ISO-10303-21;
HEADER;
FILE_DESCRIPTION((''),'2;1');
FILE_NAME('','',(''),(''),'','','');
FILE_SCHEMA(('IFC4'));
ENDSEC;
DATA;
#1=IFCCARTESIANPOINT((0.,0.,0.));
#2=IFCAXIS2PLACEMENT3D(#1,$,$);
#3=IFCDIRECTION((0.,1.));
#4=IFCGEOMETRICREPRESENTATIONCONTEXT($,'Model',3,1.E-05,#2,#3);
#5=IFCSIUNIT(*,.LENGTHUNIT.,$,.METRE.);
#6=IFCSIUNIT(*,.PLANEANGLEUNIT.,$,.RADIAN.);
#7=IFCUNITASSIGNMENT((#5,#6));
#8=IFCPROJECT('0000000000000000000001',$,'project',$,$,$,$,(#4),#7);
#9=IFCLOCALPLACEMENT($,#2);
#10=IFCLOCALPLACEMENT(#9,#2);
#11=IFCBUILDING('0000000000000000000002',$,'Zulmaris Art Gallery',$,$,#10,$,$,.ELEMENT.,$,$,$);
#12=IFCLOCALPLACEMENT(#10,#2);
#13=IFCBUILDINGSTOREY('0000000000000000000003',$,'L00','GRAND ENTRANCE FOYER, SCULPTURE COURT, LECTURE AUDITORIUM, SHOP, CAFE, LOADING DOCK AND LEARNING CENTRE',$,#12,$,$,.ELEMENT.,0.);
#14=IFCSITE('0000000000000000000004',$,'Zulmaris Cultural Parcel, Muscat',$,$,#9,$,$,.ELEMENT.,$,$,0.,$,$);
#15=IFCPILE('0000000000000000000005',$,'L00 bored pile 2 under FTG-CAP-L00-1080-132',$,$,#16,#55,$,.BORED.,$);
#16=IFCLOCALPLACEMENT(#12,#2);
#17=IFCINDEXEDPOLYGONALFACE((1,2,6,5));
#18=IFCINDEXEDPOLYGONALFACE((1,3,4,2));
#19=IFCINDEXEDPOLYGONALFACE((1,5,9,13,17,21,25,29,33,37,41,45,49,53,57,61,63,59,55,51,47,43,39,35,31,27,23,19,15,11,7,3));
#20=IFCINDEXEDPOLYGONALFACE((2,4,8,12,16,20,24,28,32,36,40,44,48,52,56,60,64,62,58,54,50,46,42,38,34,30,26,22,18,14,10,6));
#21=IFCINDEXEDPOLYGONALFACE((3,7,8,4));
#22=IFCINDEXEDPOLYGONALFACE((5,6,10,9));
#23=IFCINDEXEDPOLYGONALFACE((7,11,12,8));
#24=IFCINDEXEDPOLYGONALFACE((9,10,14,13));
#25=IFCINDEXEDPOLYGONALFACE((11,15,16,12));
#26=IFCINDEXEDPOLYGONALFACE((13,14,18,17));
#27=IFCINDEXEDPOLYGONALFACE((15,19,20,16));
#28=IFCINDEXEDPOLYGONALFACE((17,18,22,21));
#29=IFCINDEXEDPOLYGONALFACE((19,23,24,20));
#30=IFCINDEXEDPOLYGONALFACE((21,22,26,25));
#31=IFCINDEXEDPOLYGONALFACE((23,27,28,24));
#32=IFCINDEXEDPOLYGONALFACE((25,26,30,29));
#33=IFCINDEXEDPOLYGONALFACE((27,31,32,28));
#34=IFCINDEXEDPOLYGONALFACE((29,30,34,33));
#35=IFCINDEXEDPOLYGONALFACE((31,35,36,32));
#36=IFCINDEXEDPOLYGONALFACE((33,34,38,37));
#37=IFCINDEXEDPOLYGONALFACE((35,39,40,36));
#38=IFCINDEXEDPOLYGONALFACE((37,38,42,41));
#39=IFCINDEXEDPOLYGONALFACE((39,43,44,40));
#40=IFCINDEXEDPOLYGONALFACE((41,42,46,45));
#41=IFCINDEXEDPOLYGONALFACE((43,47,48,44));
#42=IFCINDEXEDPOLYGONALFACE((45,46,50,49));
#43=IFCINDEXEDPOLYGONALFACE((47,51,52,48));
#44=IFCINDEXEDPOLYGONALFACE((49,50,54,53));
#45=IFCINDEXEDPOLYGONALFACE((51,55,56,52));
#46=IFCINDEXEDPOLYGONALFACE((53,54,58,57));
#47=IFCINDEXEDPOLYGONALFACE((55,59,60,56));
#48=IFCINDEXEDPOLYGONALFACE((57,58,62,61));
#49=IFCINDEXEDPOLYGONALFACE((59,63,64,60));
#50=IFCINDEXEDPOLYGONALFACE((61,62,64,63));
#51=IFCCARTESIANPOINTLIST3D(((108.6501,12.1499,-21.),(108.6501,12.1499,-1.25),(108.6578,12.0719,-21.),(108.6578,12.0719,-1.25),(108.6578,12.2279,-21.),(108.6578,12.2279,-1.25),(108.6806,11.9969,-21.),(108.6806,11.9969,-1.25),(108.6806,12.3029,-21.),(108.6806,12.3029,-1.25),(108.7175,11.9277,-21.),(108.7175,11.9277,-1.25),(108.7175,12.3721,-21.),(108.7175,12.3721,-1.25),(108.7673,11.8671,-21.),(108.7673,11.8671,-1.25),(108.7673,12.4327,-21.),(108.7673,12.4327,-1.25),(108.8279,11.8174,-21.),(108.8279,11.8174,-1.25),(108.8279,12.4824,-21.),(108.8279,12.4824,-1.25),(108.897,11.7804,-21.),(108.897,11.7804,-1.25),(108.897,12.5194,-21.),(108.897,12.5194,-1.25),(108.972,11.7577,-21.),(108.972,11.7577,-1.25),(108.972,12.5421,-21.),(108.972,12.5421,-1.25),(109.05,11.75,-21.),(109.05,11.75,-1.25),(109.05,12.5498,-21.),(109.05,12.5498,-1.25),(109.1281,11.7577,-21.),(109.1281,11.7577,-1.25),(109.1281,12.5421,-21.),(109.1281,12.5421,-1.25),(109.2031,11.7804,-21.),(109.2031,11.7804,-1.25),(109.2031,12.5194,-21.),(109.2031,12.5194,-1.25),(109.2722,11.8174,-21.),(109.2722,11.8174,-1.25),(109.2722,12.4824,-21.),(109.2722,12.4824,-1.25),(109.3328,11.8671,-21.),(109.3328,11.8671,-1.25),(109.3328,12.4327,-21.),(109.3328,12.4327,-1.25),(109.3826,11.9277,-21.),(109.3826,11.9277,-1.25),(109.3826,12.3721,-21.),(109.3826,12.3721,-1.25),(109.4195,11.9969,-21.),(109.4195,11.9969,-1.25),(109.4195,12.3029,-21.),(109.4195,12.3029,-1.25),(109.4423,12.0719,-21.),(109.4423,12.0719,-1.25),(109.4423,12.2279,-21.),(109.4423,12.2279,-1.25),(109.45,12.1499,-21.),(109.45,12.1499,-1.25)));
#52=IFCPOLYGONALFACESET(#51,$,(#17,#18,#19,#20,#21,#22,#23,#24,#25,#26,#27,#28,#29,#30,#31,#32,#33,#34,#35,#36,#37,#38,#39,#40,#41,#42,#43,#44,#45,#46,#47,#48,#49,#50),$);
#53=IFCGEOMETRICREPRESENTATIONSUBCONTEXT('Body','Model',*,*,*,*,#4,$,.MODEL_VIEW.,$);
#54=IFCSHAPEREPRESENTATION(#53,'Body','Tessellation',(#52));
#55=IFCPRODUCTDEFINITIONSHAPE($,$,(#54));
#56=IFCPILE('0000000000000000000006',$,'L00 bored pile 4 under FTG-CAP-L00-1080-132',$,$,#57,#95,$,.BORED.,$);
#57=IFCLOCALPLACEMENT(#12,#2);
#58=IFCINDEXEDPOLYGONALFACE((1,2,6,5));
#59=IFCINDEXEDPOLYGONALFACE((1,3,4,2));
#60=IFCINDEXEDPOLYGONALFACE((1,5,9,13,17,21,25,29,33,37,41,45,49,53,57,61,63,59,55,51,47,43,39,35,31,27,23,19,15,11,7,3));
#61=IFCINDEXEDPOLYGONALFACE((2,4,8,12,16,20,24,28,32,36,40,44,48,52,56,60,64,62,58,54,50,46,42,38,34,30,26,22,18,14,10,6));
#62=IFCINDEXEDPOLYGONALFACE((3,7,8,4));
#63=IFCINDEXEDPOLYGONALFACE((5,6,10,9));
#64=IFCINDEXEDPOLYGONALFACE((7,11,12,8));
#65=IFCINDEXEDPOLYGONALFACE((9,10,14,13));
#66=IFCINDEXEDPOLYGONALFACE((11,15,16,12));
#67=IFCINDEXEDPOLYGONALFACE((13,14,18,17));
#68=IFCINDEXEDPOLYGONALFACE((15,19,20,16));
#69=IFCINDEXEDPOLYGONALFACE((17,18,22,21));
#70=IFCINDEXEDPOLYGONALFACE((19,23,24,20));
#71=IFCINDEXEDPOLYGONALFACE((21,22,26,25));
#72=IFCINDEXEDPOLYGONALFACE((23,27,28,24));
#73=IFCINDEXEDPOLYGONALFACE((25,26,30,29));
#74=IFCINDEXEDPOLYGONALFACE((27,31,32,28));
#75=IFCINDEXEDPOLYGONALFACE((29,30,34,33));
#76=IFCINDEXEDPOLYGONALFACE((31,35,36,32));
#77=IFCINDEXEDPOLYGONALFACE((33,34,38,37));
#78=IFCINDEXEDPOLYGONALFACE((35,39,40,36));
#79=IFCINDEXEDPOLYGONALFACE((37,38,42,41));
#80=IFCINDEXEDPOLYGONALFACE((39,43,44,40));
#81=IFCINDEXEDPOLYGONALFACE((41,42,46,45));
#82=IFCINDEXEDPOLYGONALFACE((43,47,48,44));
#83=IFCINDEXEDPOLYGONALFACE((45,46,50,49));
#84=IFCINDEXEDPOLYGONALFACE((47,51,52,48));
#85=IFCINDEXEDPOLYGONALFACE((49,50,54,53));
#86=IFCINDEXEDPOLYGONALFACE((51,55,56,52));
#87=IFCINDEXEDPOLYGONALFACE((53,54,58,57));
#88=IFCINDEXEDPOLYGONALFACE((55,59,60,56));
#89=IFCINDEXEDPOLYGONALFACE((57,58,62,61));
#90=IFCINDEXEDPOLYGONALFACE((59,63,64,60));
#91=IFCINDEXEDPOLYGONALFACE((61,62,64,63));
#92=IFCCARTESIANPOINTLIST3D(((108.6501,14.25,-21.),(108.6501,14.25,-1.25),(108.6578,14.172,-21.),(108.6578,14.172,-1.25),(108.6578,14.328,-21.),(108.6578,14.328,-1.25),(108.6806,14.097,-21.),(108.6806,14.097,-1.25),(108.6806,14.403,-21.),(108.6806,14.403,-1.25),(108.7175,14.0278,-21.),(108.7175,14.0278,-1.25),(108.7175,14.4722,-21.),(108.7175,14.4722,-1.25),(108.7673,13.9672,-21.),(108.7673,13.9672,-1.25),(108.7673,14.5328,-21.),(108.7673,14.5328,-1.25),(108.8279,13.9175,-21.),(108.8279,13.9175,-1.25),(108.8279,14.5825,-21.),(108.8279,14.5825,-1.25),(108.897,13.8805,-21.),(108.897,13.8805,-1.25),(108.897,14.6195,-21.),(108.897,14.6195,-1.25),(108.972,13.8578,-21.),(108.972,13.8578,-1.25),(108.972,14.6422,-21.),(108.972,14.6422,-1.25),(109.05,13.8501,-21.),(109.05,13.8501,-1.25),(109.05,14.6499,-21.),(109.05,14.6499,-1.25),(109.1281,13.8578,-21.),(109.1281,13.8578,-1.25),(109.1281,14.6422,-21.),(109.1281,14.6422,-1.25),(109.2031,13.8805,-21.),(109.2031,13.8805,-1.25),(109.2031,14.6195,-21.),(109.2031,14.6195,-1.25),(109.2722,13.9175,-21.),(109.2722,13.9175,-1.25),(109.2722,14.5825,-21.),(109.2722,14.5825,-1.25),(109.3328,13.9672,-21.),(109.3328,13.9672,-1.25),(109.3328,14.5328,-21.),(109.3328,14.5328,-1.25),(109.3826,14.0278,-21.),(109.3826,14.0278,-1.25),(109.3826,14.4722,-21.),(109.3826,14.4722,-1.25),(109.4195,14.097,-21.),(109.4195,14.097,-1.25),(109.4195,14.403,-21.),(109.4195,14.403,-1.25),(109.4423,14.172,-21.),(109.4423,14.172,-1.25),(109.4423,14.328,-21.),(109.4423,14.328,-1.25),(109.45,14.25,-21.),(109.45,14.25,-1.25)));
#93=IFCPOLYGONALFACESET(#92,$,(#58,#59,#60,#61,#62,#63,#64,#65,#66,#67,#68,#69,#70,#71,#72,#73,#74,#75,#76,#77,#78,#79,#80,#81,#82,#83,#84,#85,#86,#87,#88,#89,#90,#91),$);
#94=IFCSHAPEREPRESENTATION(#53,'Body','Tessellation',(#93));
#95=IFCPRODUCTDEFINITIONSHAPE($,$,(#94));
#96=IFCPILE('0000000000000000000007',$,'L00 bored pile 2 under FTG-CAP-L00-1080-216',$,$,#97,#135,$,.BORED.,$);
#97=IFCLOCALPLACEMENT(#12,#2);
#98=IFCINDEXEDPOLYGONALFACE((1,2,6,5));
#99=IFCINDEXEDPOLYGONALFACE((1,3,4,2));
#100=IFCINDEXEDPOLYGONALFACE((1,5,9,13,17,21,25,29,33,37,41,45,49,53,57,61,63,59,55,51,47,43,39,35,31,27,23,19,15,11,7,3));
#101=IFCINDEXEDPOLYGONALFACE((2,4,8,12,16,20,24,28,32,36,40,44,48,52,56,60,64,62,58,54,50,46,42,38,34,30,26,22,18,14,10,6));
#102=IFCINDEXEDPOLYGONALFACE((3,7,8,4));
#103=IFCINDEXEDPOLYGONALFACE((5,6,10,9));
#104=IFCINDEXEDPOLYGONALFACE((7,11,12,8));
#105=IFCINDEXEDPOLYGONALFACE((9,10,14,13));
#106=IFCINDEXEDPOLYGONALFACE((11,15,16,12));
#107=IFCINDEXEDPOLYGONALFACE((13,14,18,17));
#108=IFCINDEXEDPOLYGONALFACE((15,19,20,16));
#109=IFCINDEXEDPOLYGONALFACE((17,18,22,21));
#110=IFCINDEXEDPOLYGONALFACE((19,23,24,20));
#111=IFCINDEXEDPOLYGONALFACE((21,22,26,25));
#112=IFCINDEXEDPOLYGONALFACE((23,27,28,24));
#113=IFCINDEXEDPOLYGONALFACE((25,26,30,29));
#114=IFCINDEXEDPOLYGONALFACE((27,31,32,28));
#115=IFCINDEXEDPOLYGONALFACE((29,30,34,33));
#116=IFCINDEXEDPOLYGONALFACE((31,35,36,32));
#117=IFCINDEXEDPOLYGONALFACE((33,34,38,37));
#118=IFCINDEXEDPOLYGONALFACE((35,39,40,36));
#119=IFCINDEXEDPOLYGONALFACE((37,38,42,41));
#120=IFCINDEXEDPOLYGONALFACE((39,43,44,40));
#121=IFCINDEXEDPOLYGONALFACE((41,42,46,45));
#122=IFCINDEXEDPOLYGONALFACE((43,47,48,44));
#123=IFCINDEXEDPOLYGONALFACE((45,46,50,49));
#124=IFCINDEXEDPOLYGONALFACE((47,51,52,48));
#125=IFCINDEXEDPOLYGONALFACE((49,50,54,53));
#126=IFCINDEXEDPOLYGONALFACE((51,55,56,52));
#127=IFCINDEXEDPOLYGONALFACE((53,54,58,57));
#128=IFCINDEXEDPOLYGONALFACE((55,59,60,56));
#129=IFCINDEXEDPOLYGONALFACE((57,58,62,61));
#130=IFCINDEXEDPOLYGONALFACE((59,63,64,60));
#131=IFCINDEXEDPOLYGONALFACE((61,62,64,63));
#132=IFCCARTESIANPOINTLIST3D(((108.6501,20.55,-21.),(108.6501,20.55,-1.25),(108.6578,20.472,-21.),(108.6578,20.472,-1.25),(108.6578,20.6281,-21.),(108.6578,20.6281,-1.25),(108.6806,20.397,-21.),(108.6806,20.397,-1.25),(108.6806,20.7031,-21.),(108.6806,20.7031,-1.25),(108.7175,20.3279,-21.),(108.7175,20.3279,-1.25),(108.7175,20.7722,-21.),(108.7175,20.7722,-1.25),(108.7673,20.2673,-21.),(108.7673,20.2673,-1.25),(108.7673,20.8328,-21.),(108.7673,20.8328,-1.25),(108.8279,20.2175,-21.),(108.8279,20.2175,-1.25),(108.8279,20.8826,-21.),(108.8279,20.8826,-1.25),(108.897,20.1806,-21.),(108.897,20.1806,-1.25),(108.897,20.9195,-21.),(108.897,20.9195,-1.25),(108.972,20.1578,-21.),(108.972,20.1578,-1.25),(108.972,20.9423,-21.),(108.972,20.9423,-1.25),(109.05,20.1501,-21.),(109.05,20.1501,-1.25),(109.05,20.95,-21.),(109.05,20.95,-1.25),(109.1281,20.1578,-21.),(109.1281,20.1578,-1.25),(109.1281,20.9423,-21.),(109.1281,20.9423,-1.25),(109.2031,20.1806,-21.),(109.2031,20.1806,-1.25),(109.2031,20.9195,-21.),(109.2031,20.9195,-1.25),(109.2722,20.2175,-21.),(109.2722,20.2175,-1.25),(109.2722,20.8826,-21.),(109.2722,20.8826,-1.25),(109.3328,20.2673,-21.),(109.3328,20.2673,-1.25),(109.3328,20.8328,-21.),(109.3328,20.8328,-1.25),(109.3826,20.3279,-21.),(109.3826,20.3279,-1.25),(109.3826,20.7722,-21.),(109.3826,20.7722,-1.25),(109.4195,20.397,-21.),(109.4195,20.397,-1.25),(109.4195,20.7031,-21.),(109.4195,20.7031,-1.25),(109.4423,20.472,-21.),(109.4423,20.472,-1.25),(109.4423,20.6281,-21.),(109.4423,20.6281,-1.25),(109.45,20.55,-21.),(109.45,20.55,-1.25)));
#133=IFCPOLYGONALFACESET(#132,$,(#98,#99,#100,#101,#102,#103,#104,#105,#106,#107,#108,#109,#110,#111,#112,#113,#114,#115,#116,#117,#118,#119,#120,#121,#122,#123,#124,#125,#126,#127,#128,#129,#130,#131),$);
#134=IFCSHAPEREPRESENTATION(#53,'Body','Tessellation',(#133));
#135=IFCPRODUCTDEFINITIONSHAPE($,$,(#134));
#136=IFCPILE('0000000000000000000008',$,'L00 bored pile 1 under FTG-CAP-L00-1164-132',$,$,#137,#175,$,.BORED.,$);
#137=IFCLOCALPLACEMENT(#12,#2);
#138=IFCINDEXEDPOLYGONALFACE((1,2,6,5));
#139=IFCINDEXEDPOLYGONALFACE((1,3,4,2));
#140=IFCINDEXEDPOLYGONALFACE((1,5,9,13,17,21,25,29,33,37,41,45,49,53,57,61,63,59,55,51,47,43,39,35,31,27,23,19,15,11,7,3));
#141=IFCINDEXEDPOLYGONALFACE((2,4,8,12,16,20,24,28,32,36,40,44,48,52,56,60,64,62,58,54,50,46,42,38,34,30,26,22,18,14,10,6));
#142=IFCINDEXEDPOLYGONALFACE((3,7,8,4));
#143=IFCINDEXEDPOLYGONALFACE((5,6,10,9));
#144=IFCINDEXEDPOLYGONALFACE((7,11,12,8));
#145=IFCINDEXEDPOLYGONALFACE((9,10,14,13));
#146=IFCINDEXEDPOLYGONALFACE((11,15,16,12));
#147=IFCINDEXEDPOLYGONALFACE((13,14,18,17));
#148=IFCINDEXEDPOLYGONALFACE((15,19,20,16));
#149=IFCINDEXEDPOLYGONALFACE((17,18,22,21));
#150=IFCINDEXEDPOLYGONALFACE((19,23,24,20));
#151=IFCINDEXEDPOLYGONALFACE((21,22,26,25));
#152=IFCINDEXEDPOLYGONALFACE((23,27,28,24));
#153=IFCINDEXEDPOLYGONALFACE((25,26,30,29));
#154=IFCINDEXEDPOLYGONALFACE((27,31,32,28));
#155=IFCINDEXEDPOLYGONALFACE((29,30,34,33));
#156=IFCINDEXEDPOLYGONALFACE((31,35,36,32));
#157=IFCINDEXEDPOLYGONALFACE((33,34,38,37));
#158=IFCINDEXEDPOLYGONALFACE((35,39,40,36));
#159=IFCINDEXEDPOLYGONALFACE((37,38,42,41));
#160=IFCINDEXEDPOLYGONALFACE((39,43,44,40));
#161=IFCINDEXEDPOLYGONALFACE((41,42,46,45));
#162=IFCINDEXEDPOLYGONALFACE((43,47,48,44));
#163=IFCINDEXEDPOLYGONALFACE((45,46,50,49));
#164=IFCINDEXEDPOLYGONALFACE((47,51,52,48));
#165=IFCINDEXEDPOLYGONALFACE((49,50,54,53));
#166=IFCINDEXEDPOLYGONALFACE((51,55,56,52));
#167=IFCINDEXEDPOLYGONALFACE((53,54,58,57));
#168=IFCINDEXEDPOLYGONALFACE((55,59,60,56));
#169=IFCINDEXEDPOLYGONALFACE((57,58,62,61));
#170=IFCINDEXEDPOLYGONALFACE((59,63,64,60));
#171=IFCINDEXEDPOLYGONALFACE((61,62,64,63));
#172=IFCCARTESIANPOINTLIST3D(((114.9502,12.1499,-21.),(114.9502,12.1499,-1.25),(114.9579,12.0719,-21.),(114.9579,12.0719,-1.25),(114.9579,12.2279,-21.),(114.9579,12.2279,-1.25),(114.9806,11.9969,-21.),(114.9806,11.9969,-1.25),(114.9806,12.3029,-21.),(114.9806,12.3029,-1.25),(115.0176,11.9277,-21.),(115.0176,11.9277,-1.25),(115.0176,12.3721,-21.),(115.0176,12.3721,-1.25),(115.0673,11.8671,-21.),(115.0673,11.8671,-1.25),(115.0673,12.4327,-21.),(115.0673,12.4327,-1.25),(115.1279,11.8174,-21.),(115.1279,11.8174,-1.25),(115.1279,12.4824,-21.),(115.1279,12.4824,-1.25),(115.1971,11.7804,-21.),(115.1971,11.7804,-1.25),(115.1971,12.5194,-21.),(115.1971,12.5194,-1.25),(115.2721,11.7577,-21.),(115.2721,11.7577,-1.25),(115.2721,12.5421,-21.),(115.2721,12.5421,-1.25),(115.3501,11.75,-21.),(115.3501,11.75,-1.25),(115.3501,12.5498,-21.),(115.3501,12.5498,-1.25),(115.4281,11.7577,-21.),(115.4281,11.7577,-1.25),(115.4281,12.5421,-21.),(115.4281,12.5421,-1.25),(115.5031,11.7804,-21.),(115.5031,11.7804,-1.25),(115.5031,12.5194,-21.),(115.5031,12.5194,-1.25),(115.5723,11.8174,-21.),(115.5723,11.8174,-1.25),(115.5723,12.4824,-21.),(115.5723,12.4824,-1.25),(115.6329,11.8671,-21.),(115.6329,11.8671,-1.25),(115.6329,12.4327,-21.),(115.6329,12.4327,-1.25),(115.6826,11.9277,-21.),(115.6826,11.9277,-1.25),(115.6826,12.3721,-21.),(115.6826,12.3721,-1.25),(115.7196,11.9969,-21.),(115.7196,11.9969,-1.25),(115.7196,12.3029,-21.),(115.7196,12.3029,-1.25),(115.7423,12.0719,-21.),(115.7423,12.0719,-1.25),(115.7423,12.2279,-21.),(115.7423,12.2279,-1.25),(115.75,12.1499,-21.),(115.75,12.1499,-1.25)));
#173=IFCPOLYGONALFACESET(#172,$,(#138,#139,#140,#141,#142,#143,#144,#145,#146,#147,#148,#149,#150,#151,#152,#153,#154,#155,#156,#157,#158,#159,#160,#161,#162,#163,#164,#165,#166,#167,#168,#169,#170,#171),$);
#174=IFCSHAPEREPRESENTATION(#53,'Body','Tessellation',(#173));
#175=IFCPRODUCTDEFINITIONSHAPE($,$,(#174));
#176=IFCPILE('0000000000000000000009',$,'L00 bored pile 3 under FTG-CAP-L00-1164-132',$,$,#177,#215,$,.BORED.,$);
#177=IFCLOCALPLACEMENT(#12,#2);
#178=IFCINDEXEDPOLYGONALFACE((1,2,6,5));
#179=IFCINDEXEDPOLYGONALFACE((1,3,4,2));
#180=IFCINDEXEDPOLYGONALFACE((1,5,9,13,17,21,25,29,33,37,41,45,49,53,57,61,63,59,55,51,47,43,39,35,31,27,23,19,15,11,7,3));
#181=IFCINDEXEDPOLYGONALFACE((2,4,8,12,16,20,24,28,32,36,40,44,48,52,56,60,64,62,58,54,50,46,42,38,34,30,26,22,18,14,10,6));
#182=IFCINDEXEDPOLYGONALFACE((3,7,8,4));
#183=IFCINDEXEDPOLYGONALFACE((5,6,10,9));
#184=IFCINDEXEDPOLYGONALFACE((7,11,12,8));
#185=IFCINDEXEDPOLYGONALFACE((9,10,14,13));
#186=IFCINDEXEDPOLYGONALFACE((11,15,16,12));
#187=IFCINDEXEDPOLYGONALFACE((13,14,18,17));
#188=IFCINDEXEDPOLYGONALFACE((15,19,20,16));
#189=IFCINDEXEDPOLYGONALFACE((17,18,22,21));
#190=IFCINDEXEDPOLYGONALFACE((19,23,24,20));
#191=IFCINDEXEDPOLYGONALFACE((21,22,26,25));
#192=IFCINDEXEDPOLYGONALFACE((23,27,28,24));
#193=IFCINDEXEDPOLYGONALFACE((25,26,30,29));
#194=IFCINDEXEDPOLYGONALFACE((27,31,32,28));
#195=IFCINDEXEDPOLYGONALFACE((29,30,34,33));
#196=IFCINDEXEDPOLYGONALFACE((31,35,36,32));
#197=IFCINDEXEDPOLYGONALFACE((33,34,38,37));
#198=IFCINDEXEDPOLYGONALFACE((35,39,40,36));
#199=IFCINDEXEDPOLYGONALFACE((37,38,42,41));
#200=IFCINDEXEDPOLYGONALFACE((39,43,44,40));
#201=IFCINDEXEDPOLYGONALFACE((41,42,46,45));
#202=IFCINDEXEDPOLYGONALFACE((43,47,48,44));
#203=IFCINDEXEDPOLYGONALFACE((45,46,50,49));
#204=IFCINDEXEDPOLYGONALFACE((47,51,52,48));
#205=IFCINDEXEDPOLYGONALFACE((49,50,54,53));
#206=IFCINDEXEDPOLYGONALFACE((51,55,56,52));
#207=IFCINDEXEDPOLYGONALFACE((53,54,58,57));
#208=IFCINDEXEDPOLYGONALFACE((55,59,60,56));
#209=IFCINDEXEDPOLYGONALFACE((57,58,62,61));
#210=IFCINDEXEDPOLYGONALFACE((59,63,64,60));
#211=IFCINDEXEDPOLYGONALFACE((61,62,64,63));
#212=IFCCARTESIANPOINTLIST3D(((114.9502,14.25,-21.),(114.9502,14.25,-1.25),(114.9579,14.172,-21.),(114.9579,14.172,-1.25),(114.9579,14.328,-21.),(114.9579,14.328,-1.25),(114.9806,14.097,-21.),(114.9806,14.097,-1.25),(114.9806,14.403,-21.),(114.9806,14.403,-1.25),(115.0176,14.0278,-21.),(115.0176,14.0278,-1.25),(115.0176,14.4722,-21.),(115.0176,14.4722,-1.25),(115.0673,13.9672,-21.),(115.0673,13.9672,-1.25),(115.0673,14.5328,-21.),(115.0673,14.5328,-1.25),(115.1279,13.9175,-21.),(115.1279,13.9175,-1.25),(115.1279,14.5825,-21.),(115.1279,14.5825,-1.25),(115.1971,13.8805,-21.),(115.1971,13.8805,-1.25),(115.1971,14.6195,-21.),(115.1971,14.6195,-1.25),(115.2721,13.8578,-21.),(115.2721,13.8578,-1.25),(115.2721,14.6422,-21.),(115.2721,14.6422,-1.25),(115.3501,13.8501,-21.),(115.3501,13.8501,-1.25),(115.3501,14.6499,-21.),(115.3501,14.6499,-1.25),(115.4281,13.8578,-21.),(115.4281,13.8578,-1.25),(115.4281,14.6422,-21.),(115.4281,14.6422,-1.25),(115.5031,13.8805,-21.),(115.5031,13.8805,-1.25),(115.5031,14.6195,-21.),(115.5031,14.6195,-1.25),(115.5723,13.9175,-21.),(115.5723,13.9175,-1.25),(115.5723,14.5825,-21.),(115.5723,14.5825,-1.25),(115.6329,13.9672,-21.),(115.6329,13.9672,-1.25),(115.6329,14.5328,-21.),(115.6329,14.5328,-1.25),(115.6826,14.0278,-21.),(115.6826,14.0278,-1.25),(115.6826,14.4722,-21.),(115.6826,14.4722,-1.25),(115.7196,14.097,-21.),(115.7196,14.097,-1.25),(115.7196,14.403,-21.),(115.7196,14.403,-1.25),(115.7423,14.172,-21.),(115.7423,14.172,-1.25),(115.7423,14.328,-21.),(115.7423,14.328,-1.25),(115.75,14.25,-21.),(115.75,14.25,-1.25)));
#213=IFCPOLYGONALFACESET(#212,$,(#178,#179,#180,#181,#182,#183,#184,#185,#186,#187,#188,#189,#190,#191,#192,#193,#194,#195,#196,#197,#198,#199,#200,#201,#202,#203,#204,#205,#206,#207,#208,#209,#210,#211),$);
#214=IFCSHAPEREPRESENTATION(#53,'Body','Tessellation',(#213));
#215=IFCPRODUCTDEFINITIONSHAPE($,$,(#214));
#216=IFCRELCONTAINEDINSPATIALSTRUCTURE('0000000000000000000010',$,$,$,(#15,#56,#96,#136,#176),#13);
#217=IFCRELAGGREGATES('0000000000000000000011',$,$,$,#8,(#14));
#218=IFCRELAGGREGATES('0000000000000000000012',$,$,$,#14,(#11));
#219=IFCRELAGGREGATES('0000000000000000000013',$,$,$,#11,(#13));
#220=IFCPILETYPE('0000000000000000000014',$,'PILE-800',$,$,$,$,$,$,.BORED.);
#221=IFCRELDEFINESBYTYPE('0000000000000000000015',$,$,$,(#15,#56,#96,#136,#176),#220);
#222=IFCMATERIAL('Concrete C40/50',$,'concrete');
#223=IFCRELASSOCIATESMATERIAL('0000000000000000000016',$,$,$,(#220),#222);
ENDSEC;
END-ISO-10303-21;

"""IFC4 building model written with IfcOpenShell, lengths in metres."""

from ifc_helpers import new_model, si_unit, direction, frame, origin, origin_2d, place, context, subcontext, project, spatial, circle, extrude, material, material_profile, profile_set, type_object, element, save


model = new_model("IFC4")

# Units and contexts
model_context = context("Model", 3, precision=1e-05, world=origin(), true_north=direction((0.0, 1.0)))
body_context = subcontext(model_context, "Body", "Model", "MODEL_VIEW")
ifc_project = project(units=[si_unit("LENGTHUNIT", "METRE"), si_unit("PLANEANGLEUNIT", "RADIAN")], contexts=[model_context])

# Site, building, storey
site_placement = place(None, origin())
site = spatial("IfcSite", under=ifc_project, at=site_placement, Name="Zulmaris Cultural Parcel, Muscat", CompositionType="ELEMENT", RefElevation=0.0)
building_placement = place(site_placement, origin())
building = spatial("IfcBuilding", under=site, at=building_placement, Name="Zulmaris Art Gallery", CompositionType="ELEMENT")
storey_placement = place(building_placement, origin())
storey = spatial("IfcBuildingStorey", under=building, at=storey_placement, Name="L00", Description="GRAND ENTRANCE FOYER, SCULPTURE COURT, LECTURE AUDITORIUM, SHOP, CAFE, LOADING DOCK AND LEARNING CENTRE", CompositionType="ELEMENT", Elevation=0.0)

# Piles
ifc_material_1 = material(Name="Concrete C40/50", Category="concrete")
ifc_material_profile_1 = material_profile(ifc_material_1, circle(Radius=0.3999, at=origin_2d()), Name="PILE DIA 800")
ifc_profile_set_1 = profile_set([ifc_material_profile_1], Name="Concrete C40/50")
pile_type = type_object("IfcPileType", Name="PILE-800", PredefinedType="BORED", material=ifc_profile_set_1)
for number, where, z_axis, x_axis, name in (
    (1, (109.05, 12.1499, -1.25), (0.0, 0.0, -1.0), (1.0, 0.0, 0.0), "L00 bored pile 2 under FTG-CAP-L00-1080-132"),
    (2, (109.05, 14.25, -1.25), (0.0, 0.0, -1.0), (1.0, 0.0, 0.0), "L00 bored pile 4 under FTG-CAP-L00-1080-132"),
    (3, (109.05, 20.55, -1.25), (0.0, 0.0, -1.0), (1.0, 0.0, 0.0), "L00 bored pile 2 under FTG-CAP-L00-1080-216"),
    (4, (115.3501, 12.1499, -1.25), (0.0, 0.0, -1.0), (1.0, 0.0, 0.0), "L00 bored pile 1 under FTG-CAP-L00-1164-132"),
    (5, (115.3501, 14.25, -1.25), (0.0, 0.0, -1.0), (1.0, 0.0, 0.0), "L00 bored pile 3 under FTG-CAP-L00-1164-132"),
):
    element("IfcPile", number, at=place(storey_placement, frame(where, z_axis=z_axis, x_axis=x_axis)), inside=storey, type_object=pile_type, Name=name, PredefinedType="BORED", context=body_context, shape_type="SweptSolid", body=[
        extrude(circle(Radius=0.3999, at=origin_2d()), origin(), (0.0, 0.0, 1.0), 19.75),
    ])

save(model, "model.ifc")
